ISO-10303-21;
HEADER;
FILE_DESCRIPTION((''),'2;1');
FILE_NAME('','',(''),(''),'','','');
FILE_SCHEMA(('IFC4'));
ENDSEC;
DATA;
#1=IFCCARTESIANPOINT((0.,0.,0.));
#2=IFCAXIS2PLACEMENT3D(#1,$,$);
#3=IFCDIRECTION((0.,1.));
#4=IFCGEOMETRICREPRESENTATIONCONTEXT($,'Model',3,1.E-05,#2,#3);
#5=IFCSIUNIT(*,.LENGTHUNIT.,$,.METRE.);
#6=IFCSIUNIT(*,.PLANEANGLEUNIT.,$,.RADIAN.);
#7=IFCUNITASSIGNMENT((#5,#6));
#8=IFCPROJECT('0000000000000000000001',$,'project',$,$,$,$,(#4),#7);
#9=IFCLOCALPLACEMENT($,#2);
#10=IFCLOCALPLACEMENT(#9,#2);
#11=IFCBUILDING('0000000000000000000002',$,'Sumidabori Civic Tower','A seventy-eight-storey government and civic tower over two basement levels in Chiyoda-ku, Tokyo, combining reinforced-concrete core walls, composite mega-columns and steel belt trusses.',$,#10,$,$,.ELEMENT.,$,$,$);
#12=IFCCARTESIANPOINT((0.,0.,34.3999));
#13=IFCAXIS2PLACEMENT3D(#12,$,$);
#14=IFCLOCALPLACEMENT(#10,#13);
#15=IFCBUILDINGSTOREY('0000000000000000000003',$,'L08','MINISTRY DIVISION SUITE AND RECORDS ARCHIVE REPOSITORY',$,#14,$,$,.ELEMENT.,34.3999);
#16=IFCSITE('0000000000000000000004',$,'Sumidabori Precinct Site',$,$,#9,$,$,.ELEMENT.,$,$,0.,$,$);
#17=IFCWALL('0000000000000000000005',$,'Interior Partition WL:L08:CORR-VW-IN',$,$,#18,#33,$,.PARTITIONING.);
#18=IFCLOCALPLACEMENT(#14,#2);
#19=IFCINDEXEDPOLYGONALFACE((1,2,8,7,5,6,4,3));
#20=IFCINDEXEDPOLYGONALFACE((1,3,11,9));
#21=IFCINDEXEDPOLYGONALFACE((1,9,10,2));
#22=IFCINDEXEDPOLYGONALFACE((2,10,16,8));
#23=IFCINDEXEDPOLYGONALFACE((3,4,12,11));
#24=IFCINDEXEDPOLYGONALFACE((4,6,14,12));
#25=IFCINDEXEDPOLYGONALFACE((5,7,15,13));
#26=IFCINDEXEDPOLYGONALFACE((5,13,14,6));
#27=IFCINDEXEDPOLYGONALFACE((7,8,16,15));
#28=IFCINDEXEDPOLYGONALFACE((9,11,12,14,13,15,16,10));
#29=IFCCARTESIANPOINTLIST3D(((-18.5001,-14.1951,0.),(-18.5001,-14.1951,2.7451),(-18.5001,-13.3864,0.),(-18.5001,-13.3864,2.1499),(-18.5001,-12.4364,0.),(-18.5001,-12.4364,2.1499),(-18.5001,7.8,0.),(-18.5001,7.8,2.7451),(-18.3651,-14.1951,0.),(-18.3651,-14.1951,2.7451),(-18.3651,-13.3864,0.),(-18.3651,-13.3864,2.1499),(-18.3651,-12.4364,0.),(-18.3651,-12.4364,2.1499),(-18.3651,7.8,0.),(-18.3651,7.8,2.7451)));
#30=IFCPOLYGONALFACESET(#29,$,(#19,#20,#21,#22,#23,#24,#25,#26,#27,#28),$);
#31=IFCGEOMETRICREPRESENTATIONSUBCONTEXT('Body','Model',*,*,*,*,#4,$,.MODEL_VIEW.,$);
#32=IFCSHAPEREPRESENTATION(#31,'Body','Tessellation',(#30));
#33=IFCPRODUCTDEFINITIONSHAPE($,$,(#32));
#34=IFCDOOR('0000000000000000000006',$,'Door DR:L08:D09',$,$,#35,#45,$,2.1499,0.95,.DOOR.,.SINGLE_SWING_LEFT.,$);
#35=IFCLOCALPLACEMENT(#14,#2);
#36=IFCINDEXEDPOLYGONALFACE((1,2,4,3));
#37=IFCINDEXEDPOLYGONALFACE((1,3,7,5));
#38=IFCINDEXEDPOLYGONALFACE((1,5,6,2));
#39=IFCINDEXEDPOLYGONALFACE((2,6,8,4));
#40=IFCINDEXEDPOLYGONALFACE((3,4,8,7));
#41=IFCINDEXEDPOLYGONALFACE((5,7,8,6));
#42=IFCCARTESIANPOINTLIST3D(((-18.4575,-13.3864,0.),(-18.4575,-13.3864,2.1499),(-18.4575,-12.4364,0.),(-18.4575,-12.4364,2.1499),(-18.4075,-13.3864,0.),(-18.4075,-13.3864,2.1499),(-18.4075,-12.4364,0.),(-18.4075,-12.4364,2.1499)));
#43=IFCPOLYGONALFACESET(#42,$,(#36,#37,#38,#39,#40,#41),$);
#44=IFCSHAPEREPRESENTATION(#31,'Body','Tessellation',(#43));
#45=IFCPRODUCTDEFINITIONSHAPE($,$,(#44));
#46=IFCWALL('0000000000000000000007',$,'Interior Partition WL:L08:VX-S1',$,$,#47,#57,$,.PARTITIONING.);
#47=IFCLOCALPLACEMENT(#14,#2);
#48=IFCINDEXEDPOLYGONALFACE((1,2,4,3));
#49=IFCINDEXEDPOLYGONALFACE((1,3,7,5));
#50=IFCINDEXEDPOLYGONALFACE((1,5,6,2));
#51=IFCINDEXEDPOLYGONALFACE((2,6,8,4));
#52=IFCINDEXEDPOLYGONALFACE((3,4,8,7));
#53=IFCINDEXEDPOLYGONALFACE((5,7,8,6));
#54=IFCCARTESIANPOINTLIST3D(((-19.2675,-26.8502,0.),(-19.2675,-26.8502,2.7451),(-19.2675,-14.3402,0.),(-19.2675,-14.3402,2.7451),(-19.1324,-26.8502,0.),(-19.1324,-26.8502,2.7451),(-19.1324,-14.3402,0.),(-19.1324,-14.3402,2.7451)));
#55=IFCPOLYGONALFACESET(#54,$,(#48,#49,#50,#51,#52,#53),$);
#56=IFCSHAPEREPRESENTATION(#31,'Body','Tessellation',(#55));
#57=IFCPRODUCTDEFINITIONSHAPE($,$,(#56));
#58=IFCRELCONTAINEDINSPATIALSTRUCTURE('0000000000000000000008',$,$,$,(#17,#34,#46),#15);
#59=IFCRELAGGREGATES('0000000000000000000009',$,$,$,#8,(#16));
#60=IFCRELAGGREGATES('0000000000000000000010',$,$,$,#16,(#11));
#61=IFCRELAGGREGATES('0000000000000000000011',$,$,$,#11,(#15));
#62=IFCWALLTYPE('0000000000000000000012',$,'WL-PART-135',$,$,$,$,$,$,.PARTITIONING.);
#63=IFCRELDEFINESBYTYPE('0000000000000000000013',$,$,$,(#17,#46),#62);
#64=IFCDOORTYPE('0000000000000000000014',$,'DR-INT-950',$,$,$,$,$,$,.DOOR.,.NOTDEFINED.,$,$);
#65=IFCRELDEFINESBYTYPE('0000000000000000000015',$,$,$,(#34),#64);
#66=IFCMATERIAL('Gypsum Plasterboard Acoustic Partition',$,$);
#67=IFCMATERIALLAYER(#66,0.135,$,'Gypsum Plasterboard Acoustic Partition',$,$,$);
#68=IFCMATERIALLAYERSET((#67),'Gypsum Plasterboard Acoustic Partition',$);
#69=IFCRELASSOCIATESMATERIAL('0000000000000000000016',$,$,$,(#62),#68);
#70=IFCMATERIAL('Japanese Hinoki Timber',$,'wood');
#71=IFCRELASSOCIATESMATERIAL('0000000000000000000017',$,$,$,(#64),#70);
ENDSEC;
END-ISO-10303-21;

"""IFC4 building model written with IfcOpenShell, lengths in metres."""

from ifc_helpers import new_model, si_unit, direction, frame, frame_2d, origin, place, context, subcontext, project, spatial, rectangle, extrude, source, transform, mapped, material, layer, layer_set, type_object, element, fill, save


model = new_model("IFC4")

# Units and contexts
model_context = context("Model", 3, precision=1e-05, world=origin(), true_north=direction((0.0, 1.0)))
body_context = subcontext(model_context, "Body", "Model", "MODEL_VIEW")
ifc_project = project(units=[si_unit("LENGTHUNIT", "METRE"), si_unit("PLANEANGLEUNIT", "RADIAN")], contexts=[model_context])

# Site, building, storey
site_placement = place(None, origin())
site = spatial("IfcSite", under=ifc_project, at=site_placement, Name="Sumidabori Precinct Site", CompositionType="ELEMENT", RefElevation=0.0)
building_placement = place(site_placement, origin())
building = spatial("IfcBuilding", under=site, at=building_placement, Name="Sumidabori Civic Tower", Description="A seventy-eight-storey government and civic tower over two basement levels in Chiyoda-ku, Tokyo, combining reinforced-concrete core walls, composite mega-columns and steel belt trusses.", CompositionType="ELEMENT")
storey_placement = place(building_placement, frame((0.0, 0.0, 34.3999)))
storey = spatial("IfcBuildingStorey", under=building, at=storey_placement, Name="L08", Description="MINISTRY DIVISION SUITE AND RECORDS ARCHIVE REPOSITORY", CompositionType="ELEMENT", Elevation=34.3999)

# Shared definitions
ifc_material_1 = material(Name="Gypsum Plasterboard Acoustic Partition")
ifc_layer_1 = layer(ifc_material_1, 0.135, Name="Gypsum Plasterboard Acoustic Partition")
ifc_layer_set_1 = layer_set([ifc_layer_1], Name="Gypsum Plasterboard Acoustic Partition")
wall_type_1 = type_object("IfcWallType", Name="WL-PART-135", PredefinedType="PARTITIONING", material=ifc_layer_set_1)

# Shared definitions
ifc_material_2 = material(Name="Japanese Hinoki Timber", Category="wood")
door_type = type_object("IfcDoorType", Name="DR-INT-950", OperationType="NOTDEFINED", PredefinedType="DOOR", material=ifc_material_2)
shared_shape_1 = source(origin(), body_context, "Body", "SweptSolid", [
    extrude(rectangle(XDim=0.95, YDim=2.1499, at=frame_2d((0.4751, 1.075))), frame((0.0, 0.0249, 0.0), z_axis=(0.0, -1.0, 0.0), x_axis=(1.0, 0.0, 0.0)), (0.0, 0.0, 1.0), 0.05),
])

# Wall, opening, door
shared_shape_2 = source(origin(), body_context, "Body", "SweptSolid", [
    extrude(rectangle(XDim=21.9951, YDim=0.135, at=frame_2d((10.9976, 0.0))), origin(), (0.0, 0.0, 1.0), 2.7451),
])
wall_1_placement = place(storey_placement, frame((-18.4326, -14.1951, 0.0), z_axis=(0.0, 0.0, 1.0), x_axis=(0.0, 1.0, 0.0)))
wall_1 = element("IfcWall", 1, at=wall_1_placement, inside=storey, type_object=wall_type_1, Name="Interior Partition WL:L08:CORR-VW-IN", PredefinedType="PARTITIONING", context=body_context, shape_type="MappedRepresentation", body=[
    mapped(shared_shape_2, transform((0.0, 0.0, 0.0), x_axis=(1.0, 0.0, 0.0), y_axis=(0.0, 1.0, 0.0), z_axis=(0.0, 0.0, 1.0), scale=1.0)),
])
opening_1_placement = place(wall_1_placement, frame((0.8086, 0.0, 0.0)))
opening_1 = element("IfcOpeningElement", 2, at=opening_1_placement, cuts=wall_1, PredefinedType="OPENING", context=body_context, shape_type="SweptSolid", body=[
    extrude(rectangle(XDim=0.95, YDim=2.1499, at=frame_2d((0.4751, 1.075))), frame((0.0, 0.0796, 0.0), z_axis=(0.0, -1.0, 0.0), x_axis=(1.0, 0.0, 0.0)), (0.0, 0.0, 1.0), 0.1589),
])
door_1_placement = place(opening_1_placement, origin())
door_1 = element("IfcDoor", 3, at=door_1_placement, inside=storey, type_object=door_type, Name="Door DR:L08:D09", OperationType="SINGLE_SWING_LEFT", OverallHeight=2.1499, OverallWidth=0.95, PredefinedType="DOOR", context=body_context, shape_type="MappedRepresentation", body=[
    mapped(shared_shape_1, transform((0.0, 0.0, 0.0), x_axis=(1.0, 0.0, 0.0), y_axis=(0.0, 1.0, 0.0), z_axis=(0.0, 0.0, 1.0), scale=1.0)),
])
fill(opening_1, door_1)

# Wall
shared_shape_3 = source(origin(), body_context, "Body", "SweptSolid", [
    extrude(rectangle(XDim=12.51, YDim=0.135, at=frame_2d((6.2549, 0.0))), origin(), (0.0, 0.0, 1.0), 2.7451),
])
wall_2_placement = place(storey_placement, frame((-19.2, -26.8501, 0.0), z_axis=(0.0, 0.0, 1.0), x_axis=(0.0, 1.0, 0.0)))
element("IfcWall", 4, at=wall_2_placement, inside=storey, type_object=wall_type_1, Name="Interior Partition WL:L08:VX-S1", PredefinedType="PARTITIONING", context=body_context, shape_type="MappedRepresentation", body=[
    mapped(shared_shape_3, transform((0.0, 0.0, 0.0), x_axis=(1.0, 0.0, 0.0), y_axis=(0.0, 1.0, 0.0), z_axis=(0.0, 0.0, 1.0), scale=1.0)),
])

save(model, "model.ifc")
